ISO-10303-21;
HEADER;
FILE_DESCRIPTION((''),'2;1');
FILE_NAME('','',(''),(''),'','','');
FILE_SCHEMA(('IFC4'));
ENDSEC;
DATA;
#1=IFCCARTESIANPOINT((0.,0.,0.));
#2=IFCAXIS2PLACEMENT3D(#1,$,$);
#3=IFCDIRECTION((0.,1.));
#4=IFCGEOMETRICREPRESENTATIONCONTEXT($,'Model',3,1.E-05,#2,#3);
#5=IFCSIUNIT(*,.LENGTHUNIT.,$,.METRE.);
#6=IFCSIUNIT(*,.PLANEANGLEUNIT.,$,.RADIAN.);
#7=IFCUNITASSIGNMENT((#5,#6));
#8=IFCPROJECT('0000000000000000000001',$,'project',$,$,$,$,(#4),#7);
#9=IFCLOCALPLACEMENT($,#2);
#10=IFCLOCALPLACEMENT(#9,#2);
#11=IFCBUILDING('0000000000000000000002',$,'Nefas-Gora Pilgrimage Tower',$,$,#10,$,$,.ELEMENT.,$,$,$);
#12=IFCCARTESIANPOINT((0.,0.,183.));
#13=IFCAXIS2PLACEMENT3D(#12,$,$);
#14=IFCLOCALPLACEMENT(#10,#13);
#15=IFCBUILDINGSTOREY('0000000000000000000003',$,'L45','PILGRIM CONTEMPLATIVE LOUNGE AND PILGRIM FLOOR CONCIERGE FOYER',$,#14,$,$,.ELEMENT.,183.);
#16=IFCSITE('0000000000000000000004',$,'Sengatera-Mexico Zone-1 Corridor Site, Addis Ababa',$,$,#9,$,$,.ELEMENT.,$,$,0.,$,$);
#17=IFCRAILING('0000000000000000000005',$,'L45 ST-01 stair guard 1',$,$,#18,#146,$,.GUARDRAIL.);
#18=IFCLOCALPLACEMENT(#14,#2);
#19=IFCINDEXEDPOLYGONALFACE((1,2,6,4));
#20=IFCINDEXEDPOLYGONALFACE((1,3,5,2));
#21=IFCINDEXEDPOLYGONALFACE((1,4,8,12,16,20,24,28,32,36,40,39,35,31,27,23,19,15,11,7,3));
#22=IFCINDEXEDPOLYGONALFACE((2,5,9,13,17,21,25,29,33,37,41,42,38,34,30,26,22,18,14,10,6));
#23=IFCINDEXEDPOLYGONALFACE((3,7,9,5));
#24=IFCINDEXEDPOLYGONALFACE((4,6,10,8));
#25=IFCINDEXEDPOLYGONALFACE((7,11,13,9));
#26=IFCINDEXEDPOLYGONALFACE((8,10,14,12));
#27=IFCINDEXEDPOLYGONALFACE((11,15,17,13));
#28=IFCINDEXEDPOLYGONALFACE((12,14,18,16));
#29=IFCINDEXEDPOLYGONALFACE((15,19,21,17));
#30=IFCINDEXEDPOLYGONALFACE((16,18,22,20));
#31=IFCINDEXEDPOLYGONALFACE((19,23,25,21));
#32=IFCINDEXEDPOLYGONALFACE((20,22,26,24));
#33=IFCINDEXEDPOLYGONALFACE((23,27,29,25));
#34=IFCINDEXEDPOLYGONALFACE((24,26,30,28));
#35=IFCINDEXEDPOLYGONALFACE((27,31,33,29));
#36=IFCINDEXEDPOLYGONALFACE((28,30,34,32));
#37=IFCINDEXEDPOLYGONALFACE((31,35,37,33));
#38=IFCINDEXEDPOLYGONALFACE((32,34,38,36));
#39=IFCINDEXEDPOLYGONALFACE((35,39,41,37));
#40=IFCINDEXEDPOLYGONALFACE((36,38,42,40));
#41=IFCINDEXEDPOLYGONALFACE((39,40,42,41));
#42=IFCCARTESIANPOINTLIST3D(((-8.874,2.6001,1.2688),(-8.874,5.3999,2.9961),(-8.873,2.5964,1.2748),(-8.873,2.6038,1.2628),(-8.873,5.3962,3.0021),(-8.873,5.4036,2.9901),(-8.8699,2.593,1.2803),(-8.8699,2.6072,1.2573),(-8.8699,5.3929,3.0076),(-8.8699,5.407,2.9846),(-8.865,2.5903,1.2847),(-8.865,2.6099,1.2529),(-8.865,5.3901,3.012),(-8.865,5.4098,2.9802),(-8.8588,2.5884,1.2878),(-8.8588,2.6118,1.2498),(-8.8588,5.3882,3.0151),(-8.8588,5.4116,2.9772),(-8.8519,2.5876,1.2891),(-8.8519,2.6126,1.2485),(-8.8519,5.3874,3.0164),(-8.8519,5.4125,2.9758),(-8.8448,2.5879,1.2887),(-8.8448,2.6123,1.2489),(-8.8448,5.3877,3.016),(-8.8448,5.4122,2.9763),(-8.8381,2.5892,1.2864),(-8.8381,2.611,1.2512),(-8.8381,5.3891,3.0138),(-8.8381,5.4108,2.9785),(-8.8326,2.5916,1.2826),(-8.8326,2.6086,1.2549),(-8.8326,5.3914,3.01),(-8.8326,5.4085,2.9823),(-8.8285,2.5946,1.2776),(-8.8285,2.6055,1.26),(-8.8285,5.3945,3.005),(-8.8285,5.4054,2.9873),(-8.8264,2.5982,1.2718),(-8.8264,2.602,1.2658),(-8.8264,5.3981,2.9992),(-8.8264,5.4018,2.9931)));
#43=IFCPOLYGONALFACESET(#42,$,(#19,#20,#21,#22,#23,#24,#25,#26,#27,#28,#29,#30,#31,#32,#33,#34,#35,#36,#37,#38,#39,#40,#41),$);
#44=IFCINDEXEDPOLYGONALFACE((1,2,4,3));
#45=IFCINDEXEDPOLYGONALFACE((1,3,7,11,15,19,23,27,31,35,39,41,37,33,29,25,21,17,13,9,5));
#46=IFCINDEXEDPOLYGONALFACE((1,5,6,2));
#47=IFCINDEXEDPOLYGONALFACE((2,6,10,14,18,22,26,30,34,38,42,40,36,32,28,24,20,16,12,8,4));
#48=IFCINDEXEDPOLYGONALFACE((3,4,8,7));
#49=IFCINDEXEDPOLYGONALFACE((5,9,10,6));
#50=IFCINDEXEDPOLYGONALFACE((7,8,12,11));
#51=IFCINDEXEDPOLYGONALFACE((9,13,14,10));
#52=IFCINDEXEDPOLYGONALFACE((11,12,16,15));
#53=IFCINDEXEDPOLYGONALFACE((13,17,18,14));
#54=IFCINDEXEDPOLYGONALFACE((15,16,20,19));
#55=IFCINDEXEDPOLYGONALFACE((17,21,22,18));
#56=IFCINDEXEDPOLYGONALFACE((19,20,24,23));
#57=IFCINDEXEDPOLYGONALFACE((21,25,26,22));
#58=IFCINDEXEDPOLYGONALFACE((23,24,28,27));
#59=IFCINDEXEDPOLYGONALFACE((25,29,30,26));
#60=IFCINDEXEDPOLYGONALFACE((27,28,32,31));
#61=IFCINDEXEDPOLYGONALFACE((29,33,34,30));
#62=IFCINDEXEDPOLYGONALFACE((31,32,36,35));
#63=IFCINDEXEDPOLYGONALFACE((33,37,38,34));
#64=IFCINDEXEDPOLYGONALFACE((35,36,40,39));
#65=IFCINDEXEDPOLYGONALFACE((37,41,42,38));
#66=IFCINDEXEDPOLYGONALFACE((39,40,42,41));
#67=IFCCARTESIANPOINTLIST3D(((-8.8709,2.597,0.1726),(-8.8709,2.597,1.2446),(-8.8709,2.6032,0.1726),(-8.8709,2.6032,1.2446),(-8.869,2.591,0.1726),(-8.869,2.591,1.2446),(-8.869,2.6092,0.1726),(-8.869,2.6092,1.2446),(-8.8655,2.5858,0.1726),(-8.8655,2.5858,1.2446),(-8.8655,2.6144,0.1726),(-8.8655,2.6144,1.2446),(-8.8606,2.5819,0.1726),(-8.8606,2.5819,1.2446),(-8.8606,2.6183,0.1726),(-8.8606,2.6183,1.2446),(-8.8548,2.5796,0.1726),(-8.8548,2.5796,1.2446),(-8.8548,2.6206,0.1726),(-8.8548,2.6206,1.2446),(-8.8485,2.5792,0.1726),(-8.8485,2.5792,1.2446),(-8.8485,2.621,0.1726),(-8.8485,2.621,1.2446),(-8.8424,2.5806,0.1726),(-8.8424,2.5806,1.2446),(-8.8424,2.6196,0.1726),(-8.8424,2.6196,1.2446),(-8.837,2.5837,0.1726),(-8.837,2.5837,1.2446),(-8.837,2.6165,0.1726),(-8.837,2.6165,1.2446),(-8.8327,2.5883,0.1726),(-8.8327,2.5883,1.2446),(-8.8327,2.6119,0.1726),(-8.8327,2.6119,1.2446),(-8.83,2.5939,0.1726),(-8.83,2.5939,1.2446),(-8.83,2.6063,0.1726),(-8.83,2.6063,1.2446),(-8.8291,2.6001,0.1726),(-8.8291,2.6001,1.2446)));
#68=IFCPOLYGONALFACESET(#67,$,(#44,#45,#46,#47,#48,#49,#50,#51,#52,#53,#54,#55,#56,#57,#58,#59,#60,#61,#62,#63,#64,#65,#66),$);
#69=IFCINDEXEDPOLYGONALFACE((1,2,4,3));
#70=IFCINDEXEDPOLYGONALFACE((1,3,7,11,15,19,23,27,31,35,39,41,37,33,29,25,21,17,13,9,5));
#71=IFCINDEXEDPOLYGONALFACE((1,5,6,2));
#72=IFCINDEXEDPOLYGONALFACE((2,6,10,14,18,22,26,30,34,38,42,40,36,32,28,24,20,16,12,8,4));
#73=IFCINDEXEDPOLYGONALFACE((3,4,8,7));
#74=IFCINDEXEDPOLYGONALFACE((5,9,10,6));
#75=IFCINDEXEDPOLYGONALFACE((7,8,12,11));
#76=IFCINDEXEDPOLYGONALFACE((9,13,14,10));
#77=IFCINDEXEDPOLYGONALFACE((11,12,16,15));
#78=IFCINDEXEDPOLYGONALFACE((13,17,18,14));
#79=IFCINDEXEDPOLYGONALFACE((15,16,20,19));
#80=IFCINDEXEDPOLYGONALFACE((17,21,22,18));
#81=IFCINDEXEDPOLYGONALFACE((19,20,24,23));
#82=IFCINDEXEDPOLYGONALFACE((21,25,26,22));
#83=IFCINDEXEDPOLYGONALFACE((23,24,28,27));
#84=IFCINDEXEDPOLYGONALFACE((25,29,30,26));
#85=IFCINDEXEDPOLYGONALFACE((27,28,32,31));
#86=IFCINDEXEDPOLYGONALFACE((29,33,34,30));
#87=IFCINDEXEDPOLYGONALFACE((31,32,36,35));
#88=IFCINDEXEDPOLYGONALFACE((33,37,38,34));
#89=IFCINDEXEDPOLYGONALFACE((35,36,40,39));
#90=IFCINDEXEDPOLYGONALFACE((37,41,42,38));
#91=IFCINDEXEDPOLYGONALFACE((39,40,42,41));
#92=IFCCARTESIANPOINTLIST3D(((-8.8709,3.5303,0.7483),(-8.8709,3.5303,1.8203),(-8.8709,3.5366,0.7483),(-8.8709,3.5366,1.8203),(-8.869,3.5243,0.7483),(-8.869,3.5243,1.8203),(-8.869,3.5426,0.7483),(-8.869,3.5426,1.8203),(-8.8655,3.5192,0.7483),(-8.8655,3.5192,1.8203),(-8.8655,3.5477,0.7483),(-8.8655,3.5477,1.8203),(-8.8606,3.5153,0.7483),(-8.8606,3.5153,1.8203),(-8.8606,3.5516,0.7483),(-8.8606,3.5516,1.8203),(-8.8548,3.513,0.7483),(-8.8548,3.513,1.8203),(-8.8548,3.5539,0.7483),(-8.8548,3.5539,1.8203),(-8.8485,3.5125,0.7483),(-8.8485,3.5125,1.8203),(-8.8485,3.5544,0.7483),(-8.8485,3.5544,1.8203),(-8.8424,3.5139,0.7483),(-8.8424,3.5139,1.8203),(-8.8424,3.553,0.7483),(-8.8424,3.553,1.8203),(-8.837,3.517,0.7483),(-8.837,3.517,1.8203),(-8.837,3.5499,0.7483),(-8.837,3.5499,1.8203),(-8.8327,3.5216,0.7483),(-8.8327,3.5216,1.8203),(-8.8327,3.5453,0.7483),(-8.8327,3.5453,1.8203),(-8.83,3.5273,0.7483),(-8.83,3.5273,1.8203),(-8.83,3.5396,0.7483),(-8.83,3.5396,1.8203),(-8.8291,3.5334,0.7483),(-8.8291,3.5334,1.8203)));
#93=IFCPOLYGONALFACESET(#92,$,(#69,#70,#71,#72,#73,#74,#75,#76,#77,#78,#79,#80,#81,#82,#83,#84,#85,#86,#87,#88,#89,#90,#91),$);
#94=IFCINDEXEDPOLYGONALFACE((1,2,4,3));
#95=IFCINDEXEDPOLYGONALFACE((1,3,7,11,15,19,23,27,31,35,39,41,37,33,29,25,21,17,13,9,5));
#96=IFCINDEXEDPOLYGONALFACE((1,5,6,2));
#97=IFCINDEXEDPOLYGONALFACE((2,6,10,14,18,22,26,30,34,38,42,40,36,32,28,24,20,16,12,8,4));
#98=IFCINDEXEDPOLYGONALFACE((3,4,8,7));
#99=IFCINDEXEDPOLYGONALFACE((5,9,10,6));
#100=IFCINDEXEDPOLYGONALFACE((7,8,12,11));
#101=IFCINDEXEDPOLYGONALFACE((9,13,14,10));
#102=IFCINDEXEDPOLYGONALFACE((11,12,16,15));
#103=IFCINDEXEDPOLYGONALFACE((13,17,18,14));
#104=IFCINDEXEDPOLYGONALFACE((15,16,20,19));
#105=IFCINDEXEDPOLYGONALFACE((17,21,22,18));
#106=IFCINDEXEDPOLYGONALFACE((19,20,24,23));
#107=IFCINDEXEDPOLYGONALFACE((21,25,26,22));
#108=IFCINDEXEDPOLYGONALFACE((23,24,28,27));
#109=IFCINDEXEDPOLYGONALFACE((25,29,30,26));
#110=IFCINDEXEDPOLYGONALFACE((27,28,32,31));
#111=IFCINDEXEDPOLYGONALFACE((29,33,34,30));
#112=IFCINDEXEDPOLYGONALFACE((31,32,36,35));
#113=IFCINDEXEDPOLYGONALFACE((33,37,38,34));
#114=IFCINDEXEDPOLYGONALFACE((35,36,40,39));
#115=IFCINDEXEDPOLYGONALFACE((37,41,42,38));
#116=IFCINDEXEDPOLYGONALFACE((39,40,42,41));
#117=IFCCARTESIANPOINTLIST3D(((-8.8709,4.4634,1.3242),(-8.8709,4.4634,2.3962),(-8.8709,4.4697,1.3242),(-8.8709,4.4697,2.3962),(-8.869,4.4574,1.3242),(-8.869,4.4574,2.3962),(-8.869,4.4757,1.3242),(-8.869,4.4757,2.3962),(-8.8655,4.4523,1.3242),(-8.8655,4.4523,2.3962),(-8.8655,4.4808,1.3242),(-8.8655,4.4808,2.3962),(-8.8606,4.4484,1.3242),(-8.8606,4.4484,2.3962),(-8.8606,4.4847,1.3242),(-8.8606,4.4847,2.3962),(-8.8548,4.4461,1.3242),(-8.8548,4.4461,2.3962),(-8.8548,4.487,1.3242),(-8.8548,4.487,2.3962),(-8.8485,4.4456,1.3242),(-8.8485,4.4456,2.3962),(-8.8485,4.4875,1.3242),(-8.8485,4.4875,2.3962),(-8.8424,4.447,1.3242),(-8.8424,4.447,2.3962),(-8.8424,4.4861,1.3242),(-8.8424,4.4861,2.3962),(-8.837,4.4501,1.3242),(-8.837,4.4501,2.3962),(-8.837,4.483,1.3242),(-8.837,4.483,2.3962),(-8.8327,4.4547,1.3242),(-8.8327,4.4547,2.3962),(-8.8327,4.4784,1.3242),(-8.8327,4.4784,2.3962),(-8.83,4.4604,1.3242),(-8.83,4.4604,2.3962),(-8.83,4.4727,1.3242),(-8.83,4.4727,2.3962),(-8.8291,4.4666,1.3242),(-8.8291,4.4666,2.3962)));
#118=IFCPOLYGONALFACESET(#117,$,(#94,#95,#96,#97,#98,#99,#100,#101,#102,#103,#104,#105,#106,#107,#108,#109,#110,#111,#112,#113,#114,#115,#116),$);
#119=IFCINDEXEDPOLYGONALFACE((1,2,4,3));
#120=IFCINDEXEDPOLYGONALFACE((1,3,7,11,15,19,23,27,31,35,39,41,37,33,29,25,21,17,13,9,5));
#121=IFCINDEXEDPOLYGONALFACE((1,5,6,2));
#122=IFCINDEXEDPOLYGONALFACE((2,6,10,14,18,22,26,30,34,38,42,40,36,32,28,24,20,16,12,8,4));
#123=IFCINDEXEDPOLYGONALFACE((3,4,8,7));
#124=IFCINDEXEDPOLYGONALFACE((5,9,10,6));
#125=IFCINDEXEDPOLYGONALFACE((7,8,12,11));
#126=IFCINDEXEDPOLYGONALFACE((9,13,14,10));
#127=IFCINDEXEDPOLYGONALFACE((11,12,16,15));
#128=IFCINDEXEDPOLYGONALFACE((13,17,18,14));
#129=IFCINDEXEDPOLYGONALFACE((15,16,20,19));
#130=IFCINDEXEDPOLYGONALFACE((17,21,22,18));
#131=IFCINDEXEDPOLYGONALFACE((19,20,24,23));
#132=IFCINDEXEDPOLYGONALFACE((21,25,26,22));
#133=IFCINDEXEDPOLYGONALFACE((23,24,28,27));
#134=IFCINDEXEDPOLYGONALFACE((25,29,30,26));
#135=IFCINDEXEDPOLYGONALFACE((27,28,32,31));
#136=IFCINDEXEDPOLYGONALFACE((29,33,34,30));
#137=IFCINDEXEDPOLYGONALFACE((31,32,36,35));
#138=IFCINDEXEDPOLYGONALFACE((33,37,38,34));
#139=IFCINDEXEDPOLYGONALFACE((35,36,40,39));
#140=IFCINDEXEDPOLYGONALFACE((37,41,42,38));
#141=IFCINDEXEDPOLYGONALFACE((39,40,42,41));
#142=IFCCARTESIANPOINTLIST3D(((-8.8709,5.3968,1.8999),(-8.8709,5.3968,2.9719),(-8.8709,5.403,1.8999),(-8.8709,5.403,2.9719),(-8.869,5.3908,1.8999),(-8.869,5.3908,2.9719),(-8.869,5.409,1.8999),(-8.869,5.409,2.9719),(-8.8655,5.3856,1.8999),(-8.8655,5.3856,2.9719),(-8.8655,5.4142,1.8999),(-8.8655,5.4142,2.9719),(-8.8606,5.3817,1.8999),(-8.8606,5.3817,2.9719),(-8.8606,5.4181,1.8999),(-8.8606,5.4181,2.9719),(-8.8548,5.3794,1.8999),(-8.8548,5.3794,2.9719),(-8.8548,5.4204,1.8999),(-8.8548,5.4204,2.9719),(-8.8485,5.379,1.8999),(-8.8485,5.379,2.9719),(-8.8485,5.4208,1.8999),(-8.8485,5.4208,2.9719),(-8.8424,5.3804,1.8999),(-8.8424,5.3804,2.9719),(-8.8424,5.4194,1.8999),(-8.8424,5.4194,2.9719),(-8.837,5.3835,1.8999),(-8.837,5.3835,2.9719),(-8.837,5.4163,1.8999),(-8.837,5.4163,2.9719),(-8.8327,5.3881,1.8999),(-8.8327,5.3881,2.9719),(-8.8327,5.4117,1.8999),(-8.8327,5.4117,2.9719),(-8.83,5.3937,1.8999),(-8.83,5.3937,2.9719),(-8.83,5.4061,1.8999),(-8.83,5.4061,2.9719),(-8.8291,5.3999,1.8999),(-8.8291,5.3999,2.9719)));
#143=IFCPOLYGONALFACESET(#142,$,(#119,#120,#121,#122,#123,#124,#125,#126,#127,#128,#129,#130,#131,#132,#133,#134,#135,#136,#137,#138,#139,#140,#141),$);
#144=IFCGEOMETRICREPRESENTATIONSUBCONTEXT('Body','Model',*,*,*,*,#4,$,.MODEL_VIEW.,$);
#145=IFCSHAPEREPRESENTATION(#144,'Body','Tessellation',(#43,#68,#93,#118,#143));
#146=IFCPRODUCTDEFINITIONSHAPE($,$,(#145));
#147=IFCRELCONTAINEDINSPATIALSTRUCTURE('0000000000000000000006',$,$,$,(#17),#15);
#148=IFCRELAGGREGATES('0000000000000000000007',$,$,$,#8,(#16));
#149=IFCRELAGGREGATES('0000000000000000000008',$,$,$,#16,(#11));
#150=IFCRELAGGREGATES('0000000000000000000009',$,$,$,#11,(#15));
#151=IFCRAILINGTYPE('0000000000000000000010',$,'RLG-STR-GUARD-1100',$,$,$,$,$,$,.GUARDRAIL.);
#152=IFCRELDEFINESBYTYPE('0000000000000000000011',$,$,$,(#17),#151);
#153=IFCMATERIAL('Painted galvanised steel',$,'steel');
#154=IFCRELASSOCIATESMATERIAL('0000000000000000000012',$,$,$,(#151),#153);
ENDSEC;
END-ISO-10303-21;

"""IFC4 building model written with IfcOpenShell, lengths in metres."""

from ifc_helpers import new_model, si_unit, direction, frame, origin, origin_2d, place, context, subcontext, project, spatial, circle, extrude, material, type_object, element, save


model = new_model("IFC4")

# Units and contexts
model_context = context("Model", 3, precision=1e-05, world=origin(), true_north=direction((0.0, 1.0)))
body_context = subcontext(model_context, "Body", "Model", "MODEL_VIEW")
ifc_project = project(units=[si_unit("LENGTHUNIT", "METRE"), si_unit("PLANEANGLEUNIT", "RADIAN")], contexts=[model_context])

# Site, building, storey
site_placement = place(None, origin())
site = spatial("IfcSite", under=ifc_project, at=site_placement, Name="Sengatera-Mexico Zone-1 Corridor Site, Addis Ababa", CompositionType="ELEMENT", RefElevation=0.0)
building_placement = place(site_placement, origin())
building = spatial("IfcBuilding", under=site, at=building_placement, Name="Nefas-Gora Pilgrimage Tower", CompositionType="ELEMENT")
storey_placement = place(building_placement, frame((0.0, 0.0, 183.0)))
storey = spatial("IfcBuildingStorey", under=building, at=storey_placement, Name="L45", Description="PILGRIM CONTEMPLATIVE LOUNGE AND PILGRIM FLOOR CONCIERGE FOYER", CompositionType="ELEMENT", Elevation=183.0)

# Railing
ifc_material_1 = material(Name="Painted galvanised steel", Category="steel")
railing_type_1 = type_object("IfcRailingType", Name="RLG-STR-GUARD-1100", PredefinedType="GUARDRAIL", material=ifc_material_1)
railing_1_placement = place(storey_placement, frame((-8.8501, 2.6001, 0.1726)))
element("IfcRailing", 1, at=railing_1_placement, inside=storey, type_object=railing_type_1, Name="L45 ST-01 stair guard 1", PredefinedType="GUARDRAIL", context=body_context, shape_type="SweptSolid", body=[
    extrude(circle(Radius=0.0239, at=origin_2d()), frame((0.0, 0.0, 1.0962), z_axis=(0.0, 0.851069, 0.525054), x_axis=(-1.0, 0.0, 0.0)), (0.0, 0.0, 1.0), 3.2898),
    extrude(circle(Radius=0.021, at=origin_2d()), origin(), (0.0, 0.0, 1.0), 1.072),
    extrude(circle(Radius=0.021, at=origin_2d()), frame((0.0, 0.9333, 0.5757)), (0.0, 0.0, 1.0), 1.072),
    extrude(circle(Radius=0.021, at=origin_2d()), frame((0.0, 1.8665, 1.1516)), (0.0, 0.0, 1.0), 1.072),
    extrude(circle(Radius=0.021, at=origin_2d()), frame((0.0, 2.7998, 1.7273)), (0.0, 0.0, 1.0), 1.072),
])

save(model, "model.ifc")
